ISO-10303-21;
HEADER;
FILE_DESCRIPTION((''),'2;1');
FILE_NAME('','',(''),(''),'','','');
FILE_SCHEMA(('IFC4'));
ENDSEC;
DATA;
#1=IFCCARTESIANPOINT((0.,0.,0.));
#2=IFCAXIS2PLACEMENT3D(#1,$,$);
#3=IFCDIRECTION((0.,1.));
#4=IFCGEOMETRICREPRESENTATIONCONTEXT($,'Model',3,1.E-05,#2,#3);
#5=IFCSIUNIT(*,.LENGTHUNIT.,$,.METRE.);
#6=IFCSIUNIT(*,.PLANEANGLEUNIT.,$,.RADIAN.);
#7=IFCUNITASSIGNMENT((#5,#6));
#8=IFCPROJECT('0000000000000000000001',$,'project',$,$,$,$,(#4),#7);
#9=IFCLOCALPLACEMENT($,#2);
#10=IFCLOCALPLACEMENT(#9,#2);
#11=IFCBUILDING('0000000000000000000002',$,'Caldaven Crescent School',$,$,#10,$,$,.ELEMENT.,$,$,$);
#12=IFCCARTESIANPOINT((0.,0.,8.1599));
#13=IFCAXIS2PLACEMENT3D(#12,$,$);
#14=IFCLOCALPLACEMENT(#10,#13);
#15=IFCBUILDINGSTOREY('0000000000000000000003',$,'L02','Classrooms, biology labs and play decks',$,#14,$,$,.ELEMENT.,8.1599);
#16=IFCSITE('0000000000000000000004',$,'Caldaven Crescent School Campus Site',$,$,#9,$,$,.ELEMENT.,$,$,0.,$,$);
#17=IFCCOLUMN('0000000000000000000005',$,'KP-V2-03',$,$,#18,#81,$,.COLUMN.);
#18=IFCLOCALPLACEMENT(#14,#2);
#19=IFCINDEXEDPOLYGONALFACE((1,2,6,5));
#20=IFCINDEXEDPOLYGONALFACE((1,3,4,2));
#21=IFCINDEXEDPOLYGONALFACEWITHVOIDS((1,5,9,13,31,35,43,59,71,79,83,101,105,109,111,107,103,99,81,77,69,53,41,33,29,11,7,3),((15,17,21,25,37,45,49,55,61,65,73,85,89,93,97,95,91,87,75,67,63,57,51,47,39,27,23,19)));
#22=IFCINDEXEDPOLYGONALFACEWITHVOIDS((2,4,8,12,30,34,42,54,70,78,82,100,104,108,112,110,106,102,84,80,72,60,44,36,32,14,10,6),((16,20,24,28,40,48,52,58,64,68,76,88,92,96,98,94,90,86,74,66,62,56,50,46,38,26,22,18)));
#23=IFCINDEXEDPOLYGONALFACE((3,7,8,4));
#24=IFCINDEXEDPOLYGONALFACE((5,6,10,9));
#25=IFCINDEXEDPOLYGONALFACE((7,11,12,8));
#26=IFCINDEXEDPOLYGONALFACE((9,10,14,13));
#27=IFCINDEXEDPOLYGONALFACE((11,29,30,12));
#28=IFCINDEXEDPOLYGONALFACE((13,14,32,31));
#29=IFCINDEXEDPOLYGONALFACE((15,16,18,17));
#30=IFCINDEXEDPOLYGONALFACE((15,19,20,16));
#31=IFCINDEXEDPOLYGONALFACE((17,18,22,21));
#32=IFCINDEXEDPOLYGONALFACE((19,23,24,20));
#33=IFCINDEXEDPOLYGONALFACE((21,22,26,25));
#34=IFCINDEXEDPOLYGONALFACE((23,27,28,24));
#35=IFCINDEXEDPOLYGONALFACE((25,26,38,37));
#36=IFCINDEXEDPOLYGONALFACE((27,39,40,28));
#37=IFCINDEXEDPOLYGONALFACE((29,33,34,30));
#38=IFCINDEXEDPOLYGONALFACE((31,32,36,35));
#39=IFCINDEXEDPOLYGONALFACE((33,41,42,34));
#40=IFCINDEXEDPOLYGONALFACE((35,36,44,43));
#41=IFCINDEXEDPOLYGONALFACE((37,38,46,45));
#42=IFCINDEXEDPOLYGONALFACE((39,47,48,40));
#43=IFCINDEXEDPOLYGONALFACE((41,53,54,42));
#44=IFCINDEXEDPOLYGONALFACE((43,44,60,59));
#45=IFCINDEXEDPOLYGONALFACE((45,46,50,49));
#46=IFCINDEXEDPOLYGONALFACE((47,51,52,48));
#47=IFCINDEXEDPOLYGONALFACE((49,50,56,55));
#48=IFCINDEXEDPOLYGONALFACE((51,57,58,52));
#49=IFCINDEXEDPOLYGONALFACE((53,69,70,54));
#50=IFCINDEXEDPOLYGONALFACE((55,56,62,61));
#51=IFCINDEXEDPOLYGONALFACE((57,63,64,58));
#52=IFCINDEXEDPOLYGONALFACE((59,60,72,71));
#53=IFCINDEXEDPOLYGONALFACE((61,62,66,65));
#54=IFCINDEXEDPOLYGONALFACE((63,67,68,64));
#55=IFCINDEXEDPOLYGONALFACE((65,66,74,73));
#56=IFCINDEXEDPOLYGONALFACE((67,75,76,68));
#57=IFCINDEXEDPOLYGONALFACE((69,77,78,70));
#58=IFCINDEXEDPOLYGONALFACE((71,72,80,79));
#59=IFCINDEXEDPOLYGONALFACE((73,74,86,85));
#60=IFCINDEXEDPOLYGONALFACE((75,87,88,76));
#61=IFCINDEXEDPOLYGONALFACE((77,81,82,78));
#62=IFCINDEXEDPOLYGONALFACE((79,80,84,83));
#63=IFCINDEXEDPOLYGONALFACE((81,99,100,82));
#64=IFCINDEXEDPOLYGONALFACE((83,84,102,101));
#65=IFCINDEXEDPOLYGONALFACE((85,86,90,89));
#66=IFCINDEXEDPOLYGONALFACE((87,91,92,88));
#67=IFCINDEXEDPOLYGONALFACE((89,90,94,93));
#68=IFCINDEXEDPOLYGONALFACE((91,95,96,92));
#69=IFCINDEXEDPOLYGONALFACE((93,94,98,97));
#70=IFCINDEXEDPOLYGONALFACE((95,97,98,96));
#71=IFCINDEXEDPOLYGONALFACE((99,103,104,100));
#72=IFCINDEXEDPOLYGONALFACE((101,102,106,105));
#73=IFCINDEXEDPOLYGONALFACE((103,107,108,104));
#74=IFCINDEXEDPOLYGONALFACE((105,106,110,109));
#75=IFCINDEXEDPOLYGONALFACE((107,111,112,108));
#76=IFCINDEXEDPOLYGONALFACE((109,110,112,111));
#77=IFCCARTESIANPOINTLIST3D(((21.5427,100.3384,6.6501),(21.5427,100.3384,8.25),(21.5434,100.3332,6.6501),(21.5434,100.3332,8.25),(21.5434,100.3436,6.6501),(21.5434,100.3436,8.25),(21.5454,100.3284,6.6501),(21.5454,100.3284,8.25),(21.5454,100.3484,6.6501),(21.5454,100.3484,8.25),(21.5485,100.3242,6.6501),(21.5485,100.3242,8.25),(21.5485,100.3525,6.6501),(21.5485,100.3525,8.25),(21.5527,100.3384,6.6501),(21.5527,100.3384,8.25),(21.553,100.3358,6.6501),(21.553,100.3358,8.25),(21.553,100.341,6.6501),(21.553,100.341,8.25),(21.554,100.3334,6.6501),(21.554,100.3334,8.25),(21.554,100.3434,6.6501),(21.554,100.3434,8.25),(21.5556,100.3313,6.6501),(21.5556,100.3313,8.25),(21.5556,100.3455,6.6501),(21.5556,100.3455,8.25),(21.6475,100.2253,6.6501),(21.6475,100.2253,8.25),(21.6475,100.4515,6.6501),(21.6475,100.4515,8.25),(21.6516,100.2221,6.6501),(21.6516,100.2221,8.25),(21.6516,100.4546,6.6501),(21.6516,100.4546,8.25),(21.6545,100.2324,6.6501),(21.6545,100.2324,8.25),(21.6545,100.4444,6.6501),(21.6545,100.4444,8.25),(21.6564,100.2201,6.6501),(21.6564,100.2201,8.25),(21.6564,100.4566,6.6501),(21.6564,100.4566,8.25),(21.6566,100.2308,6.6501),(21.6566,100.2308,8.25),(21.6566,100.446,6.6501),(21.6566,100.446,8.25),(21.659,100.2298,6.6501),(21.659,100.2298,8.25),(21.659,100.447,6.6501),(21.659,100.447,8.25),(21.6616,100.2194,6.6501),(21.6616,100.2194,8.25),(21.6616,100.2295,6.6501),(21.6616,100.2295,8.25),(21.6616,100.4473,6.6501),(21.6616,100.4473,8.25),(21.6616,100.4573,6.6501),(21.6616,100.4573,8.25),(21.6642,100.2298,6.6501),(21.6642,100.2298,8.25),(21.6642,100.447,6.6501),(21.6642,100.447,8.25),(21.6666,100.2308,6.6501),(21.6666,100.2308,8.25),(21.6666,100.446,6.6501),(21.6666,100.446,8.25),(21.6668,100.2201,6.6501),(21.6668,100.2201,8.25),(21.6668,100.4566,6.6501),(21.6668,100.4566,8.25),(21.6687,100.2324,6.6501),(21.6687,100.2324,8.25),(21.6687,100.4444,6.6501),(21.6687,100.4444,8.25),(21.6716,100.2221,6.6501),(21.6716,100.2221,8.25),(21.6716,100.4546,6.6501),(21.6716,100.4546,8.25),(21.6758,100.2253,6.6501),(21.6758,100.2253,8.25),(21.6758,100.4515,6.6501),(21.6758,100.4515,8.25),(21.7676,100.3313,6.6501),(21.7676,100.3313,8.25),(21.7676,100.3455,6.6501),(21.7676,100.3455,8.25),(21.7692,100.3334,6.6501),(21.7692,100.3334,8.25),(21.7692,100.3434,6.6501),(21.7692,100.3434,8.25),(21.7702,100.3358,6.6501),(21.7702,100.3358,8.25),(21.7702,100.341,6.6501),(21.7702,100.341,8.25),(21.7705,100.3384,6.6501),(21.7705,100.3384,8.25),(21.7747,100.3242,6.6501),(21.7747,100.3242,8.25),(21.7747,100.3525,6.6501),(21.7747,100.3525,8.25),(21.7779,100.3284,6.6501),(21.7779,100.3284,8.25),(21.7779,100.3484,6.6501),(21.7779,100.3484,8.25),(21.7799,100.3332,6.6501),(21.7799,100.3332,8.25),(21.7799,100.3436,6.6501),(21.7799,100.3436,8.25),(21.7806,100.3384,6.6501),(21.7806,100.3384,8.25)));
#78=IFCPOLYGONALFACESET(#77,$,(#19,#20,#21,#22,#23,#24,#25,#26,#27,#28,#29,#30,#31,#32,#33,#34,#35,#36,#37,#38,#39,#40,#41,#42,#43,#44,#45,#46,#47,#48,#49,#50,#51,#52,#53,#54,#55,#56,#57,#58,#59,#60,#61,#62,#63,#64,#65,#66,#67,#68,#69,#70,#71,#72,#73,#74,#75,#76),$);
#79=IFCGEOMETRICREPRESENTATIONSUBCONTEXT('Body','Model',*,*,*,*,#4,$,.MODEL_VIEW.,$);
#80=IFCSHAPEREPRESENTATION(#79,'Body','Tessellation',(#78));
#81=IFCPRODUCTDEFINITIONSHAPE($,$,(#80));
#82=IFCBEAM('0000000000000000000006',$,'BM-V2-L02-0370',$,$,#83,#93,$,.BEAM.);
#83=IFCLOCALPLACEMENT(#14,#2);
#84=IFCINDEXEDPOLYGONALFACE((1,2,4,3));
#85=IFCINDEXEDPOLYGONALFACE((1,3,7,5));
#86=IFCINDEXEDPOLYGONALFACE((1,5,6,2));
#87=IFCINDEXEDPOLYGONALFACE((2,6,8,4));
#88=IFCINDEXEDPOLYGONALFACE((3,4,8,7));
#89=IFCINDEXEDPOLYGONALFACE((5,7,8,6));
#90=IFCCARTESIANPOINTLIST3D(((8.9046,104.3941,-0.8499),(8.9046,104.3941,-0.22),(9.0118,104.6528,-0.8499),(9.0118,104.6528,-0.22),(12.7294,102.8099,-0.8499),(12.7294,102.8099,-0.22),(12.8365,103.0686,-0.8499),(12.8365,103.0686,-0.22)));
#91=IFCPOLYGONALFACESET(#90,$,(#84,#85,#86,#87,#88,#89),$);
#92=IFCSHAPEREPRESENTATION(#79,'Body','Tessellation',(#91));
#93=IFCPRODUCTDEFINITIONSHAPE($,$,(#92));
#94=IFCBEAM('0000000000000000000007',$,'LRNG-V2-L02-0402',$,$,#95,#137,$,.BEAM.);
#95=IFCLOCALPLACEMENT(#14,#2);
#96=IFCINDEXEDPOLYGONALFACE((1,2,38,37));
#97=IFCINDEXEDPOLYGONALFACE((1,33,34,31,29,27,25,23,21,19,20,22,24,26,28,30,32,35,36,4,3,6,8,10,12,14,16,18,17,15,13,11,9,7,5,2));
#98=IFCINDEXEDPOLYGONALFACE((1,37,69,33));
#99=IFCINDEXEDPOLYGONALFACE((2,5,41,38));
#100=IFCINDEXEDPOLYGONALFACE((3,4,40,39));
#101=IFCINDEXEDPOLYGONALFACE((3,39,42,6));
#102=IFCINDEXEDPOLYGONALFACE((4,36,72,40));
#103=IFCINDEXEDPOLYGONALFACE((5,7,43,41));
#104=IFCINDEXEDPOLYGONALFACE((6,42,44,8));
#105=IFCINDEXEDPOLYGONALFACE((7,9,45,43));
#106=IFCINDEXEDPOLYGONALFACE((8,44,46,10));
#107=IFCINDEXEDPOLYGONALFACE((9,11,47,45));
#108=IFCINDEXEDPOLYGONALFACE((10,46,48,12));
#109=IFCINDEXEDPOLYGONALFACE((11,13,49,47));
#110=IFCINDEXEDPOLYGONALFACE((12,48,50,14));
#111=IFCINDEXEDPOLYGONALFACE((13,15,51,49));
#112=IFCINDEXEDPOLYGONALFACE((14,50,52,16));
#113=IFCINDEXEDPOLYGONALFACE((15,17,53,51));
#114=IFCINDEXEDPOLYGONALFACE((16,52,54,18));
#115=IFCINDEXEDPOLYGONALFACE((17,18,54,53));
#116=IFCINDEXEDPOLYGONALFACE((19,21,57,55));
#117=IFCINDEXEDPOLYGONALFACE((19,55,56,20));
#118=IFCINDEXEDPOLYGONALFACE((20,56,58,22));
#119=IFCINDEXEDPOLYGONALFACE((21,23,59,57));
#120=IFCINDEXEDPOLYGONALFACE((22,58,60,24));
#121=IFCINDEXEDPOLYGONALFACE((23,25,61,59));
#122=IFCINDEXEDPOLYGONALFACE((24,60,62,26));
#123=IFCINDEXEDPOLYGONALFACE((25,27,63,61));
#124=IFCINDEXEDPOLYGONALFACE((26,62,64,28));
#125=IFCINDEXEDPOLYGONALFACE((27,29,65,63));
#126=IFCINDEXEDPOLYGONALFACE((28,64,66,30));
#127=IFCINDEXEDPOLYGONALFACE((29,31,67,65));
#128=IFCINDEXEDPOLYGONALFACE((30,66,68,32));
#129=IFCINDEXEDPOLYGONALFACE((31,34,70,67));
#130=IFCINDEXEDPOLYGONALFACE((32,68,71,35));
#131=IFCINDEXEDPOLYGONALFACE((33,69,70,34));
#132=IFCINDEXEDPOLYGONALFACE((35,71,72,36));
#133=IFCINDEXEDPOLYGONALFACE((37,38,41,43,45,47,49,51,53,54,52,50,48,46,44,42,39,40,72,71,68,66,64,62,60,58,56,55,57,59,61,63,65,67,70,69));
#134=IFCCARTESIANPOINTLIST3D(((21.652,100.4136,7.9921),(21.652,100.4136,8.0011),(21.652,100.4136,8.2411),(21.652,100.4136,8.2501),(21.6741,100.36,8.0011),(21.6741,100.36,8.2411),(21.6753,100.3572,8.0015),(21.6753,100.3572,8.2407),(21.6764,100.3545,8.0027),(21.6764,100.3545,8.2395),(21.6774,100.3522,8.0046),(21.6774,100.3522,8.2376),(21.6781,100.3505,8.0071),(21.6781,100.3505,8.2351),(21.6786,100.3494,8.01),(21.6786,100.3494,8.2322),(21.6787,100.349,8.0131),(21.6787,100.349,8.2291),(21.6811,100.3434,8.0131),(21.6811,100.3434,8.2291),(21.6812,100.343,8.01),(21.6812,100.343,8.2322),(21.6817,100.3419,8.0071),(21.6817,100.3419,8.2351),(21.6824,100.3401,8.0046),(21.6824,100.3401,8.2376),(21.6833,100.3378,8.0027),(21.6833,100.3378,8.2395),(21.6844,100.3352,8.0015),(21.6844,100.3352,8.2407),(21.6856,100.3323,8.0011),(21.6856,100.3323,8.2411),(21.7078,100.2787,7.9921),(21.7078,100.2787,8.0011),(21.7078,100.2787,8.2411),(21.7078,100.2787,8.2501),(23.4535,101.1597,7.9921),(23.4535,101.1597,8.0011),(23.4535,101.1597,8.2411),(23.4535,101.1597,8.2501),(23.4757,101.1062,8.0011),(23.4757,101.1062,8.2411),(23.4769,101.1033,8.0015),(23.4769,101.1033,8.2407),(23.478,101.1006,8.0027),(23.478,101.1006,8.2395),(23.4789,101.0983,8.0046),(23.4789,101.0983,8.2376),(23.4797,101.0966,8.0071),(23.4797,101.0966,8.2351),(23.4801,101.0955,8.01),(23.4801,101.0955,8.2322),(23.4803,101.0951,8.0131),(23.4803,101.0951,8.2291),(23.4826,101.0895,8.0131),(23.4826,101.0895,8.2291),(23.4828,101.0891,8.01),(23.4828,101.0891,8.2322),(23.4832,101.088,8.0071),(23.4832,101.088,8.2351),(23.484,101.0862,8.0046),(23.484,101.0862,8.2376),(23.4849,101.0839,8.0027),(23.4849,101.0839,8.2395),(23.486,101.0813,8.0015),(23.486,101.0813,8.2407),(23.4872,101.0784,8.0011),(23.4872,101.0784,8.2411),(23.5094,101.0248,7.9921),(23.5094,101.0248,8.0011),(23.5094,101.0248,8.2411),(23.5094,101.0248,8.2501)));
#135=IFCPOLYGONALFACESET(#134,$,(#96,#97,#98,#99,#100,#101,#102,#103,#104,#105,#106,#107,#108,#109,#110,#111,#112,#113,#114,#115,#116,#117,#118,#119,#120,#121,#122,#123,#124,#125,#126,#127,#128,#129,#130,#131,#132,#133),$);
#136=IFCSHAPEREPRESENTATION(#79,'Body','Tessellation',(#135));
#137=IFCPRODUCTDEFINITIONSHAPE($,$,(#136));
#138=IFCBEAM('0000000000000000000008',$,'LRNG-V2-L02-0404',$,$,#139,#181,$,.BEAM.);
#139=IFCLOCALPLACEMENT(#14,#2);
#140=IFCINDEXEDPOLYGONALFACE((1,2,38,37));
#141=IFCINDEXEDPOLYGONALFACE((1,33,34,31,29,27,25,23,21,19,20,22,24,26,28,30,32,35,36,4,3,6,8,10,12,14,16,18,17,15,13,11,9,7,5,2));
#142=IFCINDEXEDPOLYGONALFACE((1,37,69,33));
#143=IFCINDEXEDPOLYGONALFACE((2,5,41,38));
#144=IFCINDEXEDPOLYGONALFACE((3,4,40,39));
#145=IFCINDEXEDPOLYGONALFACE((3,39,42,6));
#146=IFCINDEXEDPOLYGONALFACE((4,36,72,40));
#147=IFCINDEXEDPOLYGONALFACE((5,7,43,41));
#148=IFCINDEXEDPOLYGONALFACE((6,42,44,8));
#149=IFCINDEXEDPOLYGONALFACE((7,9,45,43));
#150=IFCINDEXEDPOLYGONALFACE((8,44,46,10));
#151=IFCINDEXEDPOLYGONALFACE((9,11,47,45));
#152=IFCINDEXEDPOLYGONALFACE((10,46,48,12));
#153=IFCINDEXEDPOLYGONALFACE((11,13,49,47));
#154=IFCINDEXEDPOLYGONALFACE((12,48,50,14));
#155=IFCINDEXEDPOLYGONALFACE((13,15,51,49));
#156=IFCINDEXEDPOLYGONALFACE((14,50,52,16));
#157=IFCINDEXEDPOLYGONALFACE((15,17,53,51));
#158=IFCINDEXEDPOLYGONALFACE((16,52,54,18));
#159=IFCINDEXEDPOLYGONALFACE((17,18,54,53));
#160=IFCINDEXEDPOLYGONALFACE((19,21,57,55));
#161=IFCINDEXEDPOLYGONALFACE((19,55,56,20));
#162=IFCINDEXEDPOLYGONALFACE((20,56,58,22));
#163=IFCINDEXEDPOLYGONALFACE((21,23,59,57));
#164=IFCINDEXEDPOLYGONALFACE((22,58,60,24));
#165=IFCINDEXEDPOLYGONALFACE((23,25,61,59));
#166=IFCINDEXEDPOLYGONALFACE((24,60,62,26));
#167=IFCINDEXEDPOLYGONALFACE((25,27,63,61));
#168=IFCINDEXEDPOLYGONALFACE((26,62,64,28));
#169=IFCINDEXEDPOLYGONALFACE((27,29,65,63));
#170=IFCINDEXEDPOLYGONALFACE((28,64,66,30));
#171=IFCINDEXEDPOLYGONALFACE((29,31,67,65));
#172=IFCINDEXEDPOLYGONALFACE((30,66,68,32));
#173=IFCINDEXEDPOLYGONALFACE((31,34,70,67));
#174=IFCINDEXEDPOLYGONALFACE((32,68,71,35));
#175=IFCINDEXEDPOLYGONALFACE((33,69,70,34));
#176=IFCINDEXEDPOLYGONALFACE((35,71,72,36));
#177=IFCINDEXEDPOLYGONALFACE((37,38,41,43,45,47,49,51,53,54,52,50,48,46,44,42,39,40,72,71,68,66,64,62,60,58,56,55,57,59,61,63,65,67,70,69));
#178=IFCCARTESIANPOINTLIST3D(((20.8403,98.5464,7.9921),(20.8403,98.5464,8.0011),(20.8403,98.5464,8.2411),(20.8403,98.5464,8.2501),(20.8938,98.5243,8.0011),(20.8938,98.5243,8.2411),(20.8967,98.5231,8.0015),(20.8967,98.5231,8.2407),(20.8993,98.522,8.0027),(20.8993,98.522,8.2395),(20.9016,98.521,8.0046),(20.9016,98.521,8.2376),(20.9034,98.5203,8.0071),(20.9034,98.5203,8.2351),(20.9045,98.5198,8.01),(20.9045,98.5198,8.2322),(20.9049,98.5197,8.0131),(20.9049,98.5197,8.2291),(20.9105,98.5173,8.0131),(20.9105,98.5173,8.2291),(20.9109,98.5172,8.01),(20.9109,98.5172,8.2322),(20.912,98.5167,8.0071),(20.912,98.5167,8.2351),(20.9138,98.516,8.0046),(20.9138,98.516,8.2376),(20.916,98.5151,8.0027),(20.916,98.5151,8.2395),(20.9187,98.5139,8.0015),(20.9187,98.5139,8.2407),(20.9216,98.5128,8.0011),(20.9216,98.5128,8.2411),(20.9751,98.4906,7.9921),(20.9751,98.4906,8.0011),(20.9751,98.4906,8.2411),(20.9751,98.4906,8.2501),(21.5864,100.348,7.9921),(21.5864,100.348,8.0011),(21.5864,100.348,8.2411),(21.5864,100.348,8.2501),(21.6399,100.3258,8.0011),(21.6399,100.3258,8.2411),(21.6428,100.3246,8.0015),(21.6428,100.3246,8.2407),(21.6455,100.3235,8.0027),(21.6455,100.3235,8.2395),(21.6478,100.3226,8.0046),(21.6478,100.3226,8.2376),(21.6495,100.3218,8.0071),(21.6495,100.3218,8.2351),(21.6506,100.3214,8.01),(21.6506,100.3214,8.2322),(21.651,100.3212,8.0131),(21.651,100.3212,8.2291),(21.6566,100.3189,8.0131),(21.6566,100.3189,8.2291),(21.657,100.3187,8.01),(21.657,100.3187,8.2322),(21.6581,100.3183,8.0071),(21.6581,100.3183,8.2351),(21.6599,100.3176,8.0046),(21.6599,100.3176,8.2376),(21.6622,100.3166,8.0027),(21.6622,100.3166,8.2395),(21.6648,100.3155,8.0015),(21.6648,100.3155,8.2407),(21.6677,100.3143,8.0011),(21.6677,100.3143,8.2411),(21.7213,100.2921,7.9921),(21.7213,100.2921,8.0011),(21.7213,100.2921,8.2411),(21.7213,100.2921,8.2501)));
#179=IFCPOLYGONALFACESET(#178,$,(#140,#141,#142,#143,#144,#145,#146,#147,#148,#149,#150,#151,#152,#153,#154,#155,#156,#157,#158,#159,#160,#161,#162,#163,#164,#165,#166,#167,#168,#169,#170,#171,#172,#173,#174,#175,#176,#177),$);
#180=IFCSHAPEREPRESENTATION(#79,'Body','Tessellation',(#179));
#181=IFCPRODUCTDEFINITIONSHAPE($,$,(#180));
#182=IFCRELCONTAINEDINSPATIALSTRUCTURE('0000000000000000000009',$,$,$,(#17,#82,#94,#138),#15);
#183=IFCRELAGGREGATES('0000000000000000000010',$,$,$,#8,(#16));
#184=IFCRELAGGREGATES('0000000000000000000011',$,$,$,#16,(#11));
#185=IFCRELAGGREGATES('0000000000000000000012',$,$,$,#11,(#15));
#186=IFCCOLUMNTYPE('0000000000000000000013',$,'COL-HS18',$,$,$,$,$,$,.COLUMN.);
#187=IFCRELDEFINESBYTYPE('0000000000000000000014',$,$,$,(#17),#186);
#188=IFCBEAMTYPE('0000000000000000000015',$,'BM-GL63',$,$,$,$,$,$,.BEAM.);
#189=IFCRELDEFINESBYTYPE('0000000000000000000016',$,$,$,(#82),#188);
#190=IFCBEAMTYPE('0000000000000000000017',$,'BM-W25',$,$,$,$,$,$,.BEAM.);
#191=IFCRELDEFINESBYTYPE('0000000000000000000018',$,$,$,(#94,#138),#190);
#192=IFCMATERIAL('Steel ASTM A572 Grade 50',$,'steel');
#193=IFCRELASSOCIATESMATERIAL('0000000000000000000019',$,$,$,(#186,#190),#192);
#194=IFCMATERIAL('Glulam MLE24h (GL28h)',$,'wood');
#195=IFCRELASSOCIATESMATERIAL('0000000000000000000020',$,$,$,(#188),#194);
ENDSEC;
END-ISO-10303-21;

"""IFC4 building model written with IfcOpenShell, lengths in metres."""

from ifc_helpers import new_model, si_unit, direction, frame, origin, origin_2d, place, context, subcontext, project, spatial, rectangle, hollow_rectangle, i_section, extrude, material, material_profile, profile_set, type_object, element, save


model = new_model("IFC4")

# Units and contexts
model_context = context("Model", 3, precision=1e-05, world=origin(), true_north=direction((0.0, 1.0)))
body_context = subcontext(model_context, "Body", "Model", "MODEL_VIEW")
ifc_project = project(units=[si_unit("LENGTHUNIT", "METRE"), si_unit("PLANEANGLEUNIT", "RADIAN")], contexts=[model_context])

# Site, building, storey
site_placement = place(None, origin())
site = spatial("IfcSite", under=ifc_project, at=site_placement, Name="Caldaven Crescent School Campus Site", CompositionType="ELEMENT", RefElevation=0.0)
building_placement = place(site_placement, origin())
building = spatial("IfcBuilding", under=site, at=building_placement, Name="Caldaven Crescent School", CompositionType="ELEMENT")
storey_placement = place(building_placement, frame((0.0, 0.0, 8.1599)))
storey = spatial("IfcBuildingStorey", under=building, at=storey_placement, Name="L02", Description="Classrooms, biology labs and play decks", CompositionType="ELEMENT", Elevation=8.1599)

# Column
ifc_material_1 = material(Name="Steel ASTM A572 Grade 50", Category="steel")
ifc_material_profile_1 = material_profile(ifc_material_1, hollow_rectangle(XDim=0.1799, YDim=0.1799, WallThickness=0.01, InnerFilletRadius=0.01, OuterFilletRadius=0.02, at=origin_2d()), Name="HSS 180x180x10")
ifc_profile_set_1 = profile_set([ifc_material_profile_1], Name="Steel ASTM A572 Grade 50")
column_type = type_object("IfcColumnType", Name="COL-HS18", PredefinedType="COLUMN", material=ifc_profile_set_1)
column_placement = place(storey_placement, frame((21.6616, 100.3384, 6.6501), z_axis=(0.0, 0.0, 1.0), x_axis=(-0.707107, 0.707107, 0.0)))
element("IfcColumn", 1, at=column_placement, inside=storey, type_object=column_type, Name="KP-V2-03", PredefinedType="COLUMN", context=body_context, shape_type="SweptSolid", body=[
    extrude(hollow_rectangle(XDim=0.1799, YDim=0.1799, WallThickness=0.01, InnerFilletRadius=0.01, OuterFilletRadius=0.02, at=origin_2d()), origin(), (0.0, 0.0, 1.0), 1.5999),
])

# Beams
ifc_material_2 = material(Name="Glulam MLE24h (GL28h)", Category="wood")
ifc_material_profile_2 = material_profile(ifc_material_2, rectangle(XDim=0.28, YDim=0.6299, at=origin_2d()), Name="MLE 280x630")
ifc_profile_set_2 = profile_set([ifc_material_profile_2], Name="Glulam MLE24h (GL28h)")
beam_type_1 = type_object("IfcBeamType", Name="BM-GL63", PredefinedType="BEAM", material=ifc_profile_set_2)
beam_1_placement = place(storey_placement, frame((12.783, 102.9392, -0.5349), z_axis=(-0.923881, 0.38268, 0.0), x_axis=(-0.38268, -0.923881, 0.0)))
element("IfcBeam", 2, at=beam_1_placement, inside=storey, type_object=beam_type_1, Name="BM-V2-L02-0370", PredefinedType="BEAM", context=body_context, shape_type="SweptSolid", body=[
    extrude(rectangle(XDim=0.28, YDim=0.6299, at=origin_2d()), origin(), (0.0, 0.0, 1.0), 4.1399),
])
ifc_material_profile_3 = material_profile(ifc_material_1, i_section(OverallWidth=0.146, OverallDepth=0.2581, WebThickness=0.0061, FlangeThickness=0.009, FilletRadius=0.012, at=origin_2d()), Name="W250x33")
ifc_profile_set_3 = profile_set([ifc_material_profile_3], Name="Steel ASTM A572 Grade 50")
beam_type_2 = type_object("IfcBeamType", Name="BM-W25", PredefinedType="BEAM", material=ifc_profile_set_3)
for number, where, z_axis, x_axis, name in (
    (3, (23.4814, 101.0923, 8.1211), (-0.923901, -0.382632, 0.0), (0.382632, -0.923901, 0.0), "LRNG-V2-L02-0402"),
    (4, (21.6538, 100.3201, 8.1211), (-0.382632, -0.923901, 0.0), (0.923901, -0.382632, 0.0), "LRNG-V2-L02-0404"),
):
    element("IfcBeam", number, at=place(storey_placement, frame(where, z_axis=z_axis, x_axis=x_axis)), inside=storey, type_object=beam_type_2, Name=name, PredefinedType="BEAM", context=body_context, shape_type="SweptSolid", body=[
        extrude(i_section(OverallWidth=0.146, OverallDepth=0.2581, WebThickness=0.0061, FlangeThickness=0.009, FilletRadius=0.012, at=origin_2d()), origin(), (0.0, 0.0, 1.0), 1.95),
    ])

save(model, "model.ifc")
